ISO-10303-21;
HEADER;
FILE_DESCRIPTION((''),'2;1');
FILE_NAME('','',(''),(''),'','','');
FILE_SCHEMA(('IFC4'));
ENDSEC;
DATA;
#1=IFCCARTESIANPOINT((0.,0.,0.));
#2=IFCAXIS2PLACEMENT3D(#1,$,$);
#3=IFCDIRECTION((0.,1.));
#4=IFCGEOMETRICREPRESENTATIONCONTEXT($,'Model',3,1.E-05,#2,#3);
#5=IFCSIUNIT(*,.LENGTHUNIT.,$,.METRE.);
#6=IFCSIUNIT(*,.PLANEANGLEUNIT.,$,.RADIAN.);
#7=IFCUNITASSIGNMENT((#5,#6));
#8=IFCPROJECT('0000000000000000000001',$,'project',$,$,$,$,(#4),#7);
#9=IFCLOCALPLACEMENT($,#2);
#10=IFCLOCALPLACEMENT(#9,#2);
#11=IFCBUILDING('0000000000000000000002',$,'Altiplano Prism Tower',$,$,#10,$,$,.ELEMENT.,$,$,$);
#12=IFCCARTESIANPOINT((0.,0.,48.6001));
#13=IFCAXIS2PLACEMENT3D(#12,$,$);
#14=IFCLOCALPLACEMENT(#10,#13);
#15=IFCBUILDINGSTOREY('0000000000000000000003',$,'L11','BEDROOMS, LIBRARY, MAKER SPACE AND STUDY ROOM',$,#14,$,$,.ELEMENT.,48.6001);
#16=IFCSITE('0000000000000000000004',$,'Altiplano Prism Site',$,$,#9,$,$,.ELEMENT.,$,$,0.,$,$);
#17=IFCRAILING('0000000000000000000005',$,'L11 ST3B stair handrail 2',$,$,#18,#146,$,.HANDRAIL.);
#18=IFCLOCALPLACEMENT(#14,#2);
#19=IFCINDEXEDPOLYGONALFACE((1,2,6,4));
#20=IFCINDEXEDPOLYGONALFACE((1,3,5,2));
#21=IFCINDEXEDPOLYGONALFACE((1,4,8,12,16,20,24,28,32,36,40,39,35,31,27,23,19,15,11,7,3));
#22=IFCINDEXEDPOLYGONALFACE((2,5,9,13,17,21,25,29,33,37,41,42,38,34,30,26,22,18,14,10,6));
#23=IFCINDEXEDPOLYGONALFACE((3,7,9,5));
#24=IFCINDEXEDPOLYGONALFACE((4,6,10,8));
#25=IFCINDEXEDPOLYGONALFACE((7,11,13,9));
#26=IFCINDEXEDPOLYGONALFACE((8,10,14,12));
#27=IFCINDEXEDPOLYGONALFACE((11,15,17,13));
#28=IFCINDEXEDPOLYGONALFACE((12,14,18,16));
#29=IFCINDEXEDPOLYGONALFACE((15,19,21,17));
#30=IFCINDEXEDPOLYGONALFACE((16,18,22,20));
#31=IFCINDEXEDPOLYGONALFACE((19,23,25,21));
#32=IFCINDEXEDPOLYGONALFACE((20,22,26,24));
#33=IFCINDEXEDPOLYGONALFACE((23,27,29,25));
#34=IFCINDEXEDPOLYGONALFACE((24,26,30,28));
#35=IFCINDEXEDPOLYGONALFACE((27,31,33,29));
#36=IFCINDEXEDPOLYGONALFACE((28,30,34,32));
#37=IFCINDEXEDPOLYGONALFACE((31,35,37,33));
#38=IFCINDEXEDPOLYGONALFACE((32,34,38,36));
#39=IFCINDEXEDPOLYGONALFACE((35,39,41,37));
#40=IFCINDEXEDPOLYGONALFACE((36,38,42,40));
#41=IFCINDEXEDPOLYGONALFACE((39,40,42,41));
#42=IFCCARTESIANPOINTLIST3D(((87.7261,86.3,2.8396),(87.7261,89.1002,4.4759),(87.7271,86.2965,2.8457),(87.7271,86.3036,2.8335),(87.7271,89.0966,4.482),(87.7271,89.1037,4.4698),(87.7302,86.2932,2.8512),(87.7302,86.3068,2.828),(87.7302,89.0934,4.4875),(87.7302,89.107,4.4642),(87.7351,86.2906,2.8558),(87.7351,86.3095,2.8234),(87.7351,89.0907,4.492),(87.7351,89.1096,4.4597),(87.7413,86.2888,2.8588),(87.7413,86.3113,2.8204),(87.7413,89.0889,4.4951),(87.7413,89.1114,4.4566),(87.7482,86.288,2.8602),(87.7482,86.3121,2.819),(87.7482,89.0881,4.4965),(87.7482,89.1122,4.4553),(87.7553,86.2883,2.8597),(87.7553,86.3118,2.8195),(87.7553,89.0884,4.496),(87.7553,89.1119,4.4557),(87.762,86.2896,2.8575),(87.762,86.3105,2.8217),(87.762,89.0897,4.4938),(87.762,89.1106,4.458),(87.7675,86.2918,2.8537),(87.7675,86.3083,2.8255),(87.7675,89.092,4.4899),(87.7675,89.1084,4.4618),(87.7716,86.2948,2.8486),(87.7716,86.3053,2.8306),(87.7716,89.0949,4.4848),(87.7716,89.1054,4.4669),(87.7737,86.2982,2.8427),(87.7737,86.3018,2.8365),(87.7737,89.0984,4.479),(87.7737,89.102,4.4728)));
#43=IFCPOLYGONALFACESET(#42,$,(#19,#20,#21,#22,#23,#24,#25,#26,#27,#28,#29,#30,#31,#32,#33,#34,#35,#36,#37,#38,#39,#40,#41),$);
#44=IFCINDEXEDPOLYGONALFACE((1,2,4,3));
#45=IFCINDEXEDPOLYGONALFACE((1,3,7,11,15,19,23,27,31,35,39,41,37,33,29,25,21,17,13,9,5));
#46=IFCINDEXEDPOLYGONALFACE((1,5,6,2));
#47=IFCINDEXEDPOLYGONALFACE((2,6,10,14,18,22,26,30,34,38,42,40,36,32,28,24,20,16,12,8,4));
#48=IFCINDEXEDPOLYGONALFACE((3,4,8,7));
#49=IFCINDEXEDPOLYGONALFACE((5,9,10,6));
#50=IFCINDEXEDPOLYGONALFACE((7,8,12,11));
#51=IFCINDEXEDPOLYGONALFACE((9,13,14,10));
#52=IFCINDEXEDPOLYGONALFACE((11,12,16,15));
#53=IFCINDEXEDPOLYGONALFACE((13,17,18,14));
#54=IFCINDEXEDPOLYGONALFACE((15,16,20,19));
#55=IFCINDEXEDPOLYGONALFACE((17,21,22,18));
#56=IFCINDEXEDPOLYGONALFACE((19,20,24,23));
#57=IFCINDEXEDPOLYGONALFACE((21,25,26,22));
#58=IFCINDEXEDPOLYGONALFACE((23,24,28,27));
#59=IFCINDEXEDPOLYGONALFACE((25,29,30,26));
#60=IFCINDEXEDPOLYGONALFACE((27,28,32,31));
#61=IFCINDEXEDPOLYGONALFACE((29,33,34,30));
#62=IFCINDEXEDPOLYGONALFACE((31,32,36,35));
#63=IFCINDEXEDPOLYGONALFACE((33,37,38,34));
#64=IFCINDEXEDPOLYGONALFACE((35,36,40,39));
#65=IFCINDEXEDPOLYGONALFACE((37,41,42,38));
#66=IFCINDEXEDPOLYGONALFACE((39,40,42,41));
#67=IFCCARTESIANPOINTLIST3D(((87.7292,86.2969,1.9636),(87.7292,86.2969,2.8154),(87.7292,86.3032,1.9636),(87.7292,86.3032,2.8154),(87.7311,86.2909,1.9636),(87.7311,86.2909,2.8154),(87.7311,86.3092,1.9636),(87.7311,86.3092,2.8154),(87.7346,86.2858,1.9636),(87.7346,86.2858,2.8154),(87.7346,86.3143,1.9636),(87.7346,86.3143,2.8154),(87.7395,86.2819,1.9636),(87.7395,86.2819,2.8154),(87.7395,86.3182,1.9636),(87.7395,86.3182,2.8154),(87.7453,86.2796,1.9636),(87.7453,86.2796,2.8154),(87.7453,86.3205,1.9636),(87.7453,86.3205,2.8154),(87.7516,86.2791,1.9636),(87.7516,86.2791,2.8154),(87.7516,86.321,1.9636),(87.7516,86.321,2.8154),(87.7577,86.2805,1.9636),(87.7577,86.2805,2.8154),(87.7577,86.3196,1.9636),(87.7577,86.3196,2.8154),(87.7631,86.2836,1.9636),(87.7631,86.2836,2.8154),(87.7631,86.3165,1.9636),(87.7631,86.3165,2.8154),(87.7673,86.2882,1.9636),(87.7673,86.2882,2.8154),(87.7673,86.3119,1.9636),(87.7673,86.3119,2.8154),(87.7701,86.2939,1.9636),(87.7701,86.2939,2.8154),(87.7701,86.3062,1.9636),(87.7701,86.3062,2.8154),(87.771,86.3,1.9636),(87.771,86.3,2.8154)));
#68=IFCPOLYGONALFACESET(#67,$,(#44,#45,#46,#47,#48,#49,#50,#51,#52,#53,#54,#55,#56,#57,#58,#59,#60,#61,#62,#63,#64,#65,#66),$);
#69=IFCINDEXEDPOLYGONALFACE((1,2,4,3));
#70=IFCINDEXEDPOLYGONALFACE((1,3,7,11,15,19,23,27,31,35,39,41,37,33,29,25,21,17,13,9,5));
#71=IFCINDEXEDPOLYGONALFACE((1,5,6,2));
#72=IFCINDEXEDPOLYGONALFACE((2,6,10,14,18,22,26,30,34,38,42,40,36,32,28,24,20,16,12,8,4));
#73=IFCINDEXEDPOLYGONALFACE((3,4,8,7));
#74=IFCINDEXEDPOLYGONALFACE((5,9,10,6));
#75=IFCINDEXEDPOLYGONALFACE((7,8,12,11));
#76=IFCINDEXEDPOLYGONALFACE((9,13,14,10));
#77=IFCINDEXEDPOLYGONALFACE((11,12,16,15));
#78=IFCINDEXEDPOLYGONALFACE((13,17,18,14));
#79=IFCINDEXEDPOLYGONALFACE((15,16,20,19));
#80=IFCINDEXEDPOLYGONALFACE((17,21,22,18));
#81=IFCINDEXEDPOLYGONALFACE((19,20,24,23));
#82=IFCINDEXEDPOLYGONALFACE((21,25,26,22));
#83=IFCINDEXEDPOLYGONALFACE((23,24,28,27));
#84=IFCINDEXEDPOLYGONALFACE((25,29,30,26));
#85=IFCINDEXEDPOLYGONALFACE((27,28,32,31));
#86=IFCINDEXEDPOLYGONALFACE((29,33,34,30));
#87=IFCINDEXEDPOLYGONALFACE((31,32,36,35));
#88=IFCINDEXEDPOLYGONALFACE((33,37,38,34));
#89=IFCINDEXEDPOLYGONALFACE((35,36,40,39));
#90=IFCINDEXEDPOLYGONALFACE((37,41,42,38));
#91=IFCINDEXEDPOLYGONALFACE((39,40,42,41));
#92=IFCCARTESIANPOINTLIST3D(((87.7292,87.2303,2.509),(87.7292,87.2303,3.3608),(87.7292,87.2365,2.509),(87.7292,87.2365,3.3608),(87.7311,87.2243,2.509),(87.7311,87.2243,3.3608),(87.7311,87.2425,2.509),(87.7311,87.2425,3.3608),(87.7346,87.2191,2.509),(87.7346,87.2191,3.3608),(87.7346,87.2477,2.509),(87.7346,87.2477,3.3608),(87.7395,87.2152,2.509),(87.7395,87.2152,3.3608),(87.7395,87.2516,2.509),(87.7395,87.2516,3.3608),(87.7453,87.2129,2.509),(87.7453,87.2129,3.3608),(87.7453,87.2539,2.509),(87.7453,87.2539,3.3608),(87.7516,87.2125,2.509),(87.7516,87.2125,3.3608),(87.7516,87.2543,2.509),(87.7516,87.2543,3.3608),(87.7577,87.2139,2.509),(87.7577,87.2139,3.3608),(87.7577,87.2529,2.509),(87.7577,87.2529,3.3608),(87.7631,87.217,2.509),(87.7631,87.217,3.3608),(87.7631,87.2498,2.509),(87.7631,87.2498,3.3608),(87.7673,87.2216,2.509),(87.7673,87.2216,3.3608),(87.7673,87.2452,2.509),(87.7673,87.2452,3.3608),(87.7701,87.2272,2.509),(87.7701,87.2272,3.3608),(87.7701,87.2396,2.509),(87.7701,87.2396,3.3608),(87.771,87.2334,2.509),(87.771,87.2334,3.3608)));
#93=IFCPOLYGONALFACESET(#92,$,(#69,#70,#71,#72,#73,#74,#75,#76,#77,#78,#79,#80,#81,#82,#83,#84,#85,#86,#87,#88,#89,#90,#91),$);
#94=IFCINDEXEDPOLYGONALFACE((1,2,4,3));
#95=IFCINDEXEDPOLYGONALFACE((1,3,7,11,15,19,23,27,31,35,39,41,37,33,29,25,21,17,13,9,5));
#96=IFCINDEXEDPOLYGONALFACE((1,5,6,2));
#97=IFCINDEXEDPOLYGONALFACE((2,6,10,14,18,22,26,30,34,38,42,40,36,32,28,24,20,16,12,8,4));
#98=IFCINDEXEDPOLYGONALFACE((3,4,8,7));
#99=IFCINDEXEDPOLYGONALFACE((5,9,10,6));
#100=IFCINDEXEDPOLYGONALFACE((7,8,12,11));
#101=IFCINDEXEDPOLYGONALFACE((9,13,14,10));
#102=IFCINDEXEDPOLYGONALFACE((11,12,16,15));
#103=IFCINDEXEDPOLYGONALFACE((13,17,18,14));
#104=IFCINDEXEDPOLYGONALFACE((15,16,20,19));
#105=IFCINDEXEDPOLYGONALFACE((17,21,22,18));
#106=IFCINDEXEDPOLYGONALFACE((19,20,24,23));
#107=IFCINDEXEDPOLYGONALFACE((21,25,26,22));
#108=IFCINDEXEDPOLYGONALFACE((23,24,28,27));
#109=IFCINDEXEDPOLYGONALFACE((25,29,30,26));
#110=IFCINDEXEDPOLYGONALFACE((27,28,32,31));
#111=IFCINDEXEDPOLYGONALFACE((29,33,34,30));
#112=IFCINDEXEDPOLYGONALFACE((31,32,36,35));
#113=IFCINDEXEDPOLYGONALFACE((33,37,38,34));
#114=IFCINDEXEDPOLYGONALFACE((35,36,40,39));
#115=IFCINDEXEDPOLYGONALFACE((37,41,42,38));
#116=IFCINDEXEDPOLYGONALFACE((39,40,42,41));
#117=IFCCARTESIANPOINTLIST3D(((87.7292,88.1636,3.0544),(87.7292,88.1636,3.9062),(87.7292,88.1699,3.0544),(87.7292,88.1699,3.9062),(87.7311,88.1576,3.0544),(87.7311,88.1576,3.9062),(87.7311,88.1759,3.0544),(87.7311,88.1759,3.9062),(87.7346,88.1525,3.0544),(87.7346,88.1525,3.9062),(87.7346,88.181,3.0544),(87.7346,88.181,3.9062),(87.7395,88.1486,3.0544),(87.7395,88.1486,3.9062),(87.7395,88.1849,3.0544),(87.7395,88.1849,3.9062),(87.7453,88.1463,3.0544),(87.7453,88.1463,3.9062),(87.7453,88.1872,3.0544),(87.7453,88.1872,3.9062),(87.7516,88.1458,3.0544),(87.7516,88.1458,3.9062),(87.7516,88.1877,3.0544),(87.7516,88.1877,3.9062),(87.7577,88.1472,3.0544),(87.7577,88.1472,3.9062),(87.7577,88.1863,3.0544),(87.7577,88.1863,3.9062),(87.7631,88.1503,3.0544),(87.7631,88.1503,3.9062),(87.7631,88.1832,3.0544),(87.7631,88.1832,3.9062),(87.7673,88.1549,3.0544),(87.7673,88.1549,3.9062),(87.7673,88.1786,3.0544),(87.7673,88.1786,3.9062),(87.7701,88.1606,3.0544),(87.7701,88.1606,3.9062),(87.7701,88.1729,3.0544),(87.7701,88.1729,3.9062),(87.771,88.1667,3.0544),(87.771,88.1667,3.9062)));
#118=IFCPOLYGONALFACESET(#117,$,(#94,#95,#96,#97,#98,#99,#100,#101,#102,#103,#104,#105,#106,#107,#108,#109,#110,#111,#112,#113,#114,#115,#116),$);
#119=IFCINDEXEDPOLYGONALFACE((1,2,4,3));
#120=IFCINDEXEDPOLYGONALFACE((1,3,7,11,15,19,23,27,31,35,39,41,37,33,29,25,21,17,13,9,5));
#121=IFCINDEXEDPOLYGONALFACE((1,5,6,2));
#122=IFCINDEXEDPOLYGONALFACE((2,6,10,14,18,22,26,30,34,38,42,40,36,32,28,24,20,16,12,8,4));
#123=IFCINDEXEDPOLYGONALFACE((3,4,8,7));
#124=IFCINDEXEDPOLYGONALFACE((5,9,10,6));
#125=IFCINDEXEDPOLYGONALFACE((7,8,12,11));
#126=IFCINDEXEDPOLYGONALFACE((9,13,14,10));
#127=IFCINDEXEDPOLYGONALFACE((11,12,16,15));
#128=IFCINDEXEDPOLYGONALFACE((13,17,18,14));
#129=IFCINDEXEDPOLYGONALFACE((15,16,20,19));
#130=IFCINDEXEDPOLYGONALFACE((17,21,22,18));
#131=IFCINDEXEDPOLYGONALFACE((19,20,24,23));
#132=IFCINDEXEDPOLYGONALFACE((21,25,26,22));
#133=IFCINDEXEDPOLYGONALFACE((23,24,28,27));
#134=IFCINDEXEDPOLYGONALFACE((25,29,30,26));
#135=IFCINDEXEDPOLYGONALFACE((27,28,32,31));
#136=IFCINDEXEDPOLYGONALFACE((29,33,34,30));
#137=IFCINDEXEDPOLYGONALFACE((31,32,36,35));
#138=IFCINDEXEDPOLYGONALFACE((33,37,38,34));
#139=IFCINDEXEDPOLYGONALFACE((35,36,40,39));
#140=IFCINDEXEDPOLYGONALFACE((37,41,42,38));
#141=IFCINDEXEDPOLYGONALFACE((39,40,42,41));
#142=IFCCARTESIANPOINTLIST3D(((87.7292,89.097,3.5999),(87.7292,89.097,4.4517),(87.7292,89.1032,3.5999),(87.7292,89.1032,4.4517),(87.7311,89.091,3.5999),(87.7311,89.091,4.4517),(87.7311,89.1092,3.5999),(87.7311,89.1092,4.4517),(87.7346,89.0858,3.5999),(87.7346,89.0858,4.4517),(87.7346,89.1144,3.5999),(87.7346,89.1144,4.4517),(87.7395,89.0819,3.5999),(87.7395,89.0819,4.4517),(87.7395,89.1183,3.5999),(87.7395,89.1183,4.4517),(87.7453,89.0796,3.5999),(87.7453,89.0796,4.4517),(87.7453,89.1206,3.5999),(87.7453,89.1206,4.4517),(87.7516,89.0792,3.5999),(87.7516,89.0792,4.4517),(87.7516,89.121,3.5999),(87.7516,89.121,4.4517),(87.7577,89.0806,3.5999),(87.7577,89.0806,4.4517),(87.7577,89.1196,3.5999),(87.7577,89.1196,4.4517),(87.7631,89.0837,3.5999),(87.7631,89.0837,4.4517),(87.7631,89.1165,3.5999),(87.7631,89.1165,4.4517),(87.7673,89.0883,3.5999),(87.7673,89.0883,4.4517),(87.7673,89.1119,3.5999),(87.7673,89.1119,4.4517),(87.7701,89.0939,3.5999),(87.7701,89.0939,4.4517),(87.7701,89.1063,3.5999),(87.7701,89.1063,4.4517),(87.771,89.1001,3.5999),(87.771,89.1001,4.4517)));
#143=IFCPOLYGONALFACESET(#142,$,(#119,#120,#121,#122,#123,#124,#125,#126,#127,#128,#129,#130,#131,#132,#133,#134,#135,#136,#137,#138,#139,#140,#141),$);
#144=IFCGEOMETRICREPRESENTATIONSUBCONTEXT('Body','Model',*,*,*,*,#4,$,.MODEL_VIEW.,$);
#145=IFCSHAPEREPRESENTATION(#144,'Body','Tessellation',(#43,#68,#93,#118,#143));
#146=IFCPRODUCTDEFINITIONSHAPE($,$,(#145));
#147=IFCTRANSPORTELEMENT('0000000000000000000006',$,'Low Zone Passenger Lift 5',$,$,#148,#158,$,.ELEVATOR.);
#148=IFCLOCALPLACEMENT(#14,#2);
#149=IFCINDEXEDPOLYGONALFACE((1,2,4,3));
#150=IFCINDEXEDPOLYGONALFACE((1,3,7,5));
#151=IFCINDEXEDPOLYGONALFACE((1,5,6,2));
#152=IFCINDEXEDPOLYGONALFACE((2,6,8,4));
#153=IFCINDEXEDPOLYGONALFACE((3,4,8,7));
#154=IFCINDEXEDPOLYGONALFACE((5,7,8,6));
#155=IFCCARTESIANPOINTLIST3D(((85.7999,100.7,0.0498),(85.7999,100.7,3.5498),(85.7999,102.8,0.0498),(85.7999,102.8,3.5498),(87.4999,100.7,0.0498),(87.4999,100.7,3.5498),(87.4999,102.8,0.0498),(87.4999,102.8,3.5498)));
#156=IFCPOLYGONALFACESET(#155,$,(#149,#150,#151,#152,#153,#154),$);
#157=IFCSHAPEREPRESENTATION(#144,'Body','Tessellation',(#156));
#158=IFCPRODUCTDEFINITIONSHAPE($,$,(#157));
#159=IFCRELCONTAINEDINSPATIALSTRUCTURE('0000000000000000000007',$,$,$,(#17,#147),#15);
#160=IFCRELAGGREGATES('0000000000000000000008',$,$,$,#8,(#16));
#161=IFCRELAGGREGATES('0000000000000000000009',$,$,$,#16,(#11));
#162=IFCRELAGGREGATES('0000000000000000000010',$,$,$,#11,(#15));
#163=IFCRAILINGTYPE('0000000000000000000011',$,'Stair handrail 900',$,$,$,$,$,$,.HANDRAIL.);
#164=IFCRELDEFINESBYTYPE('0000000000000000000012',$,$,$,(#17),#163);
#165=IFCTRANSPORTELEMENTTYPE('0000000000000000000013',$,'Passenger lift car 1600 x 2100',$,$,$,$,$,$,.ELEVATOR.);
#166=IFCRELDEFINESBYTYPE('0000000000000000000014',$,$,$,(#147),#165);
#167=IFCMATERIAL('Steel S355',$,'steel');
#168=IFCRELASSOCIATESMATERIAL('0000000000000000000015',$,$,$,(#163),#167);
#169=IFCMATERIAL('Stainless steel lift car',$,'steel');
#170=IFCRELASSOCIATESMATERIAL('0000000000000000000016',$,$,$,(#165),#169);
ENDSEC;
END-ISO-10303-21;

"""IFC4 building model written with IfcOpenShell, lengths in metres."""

from ifc_helpers import new_model, si_unit, direction, frame, origin, origin_2d, place, context, subcontext, project, spatial, rectangle, circle, extrude, material, type_object, element, save


model = new_model("IFC4")

# Units and contexts
model_context = context("Model", 3, precision=1e-05, world=origin(), true_north=direction((0.0, 1.0)))
body_context = subcontext(model_context, "Body", "Model", "MODEL_VIEW")
ifc_project = project(units=[si_unit("LENGTHUNIT", "METRE"), si_unit("PLANEANGLEUNIT", "RADIAN")], contexts=[model_context])

# Site, building, storey
site_placement = place(None, origin())
site = spatial("IfcSite", under=ifc_project, at=site_placement, Name="Altiplano Prism Site", CompositionType="ELEMENT", RefElevation=0.0)
building_placement = place(site_placement, origin())
building = spatial("IfcBuilding", under=site, at=building_placement, Name="Altiplano Prism Tower", CompositionType="ELEMENT")
storey_placement = place(building_placement, frame((0.0, 0.0, 48.6001)))
storey = spatial("IfcBuildingStorey", under=building, at=storey_placement, Name="L11", Description="BEDROOMS, LIBRARY, MAKER SPACE AND STUDY ROOM", CompositionType="ELEMENT", Elevation=48.6001)

# Railing
ifc_material_1 = material(Name="Steel S355", Category="steel")
railing_type_1 = type_object("IfcRailingType", Name="Stair handrail 900", PredefinedType="HANDRAIL", material=ifc_material_1)
railing_1_placement = place(storey_placement, frame((87.75, 86.3, 1.9636)))
element("IfcRailing", 1, at=railing_1_placement, inside=storey, type_object=railing_type_1, Name="L11 ST3B stair handrail 2", PredefinedType="HANDRAIL", context=body_context, shape_type="SweptSolid", body=[
    extrude(circle(Radius=0.0239, at=origin_2d()), frame((0.0, 0.0, 0.876), z_axis=(0.0, 0.863394, 0.504531), x_axis=(-1.0, 0.0, 0.0)), (0.0, 0.0, 1.0), 3.2432),
    extrude(circle(Radius=0.021, at=origin_2d()), origin(), (0.0, 0.0, 1.0), 0.8518),
    extrude(circle(Radius=0.021, at=origin_2d()), frame((0.0, 0.9333, 0.5454)), (0.0, 0.0, 1.0), 0.8518),
    extrude(circle(Radius=0.021, at=origin_2d()), frame((0.0, 1.8667, 1.0908)), (0.0, 0.0, 1.0), 0.8518),
    extrude(circle(Radius=0.021, at=origin_2d()), frame((0.0, 2.8, 1.6362)), (0.0, 0.0, 1.0), 0.8518),
])

# Transport element
ifc_material_2 = material(Name="Stainless steel lift car", Category="steel")
transport_element_type = type_object("IfcTransportElementType", Name="Passenger lift car 1600 x 2100", PredefinedType="ELEVATOR", material=ifc_material_2)
transport_element_placement = place(storey_placement, frame((86.6499, 101.75, 0.0498), z_axis=(0.0, 0.0, 1.0), x_axis=(1.0, 0.0, 0.0)))
element("IfcTransportElement", 2, at=transport_element_placement, inside=storey, type_object=transport_element_type, Name="Low Zone Passenger Lift 5", PredefinedType="ELEVATOR", context=body_context, shape_type="SweptSolid", body=[
    extrude(rectangle(XDim=1.7, YDim=2.1001, at=origin_2d()), origin(), (0.0, 0.0, 1.0), 3.5),
])

save(model, "model.ifc")
